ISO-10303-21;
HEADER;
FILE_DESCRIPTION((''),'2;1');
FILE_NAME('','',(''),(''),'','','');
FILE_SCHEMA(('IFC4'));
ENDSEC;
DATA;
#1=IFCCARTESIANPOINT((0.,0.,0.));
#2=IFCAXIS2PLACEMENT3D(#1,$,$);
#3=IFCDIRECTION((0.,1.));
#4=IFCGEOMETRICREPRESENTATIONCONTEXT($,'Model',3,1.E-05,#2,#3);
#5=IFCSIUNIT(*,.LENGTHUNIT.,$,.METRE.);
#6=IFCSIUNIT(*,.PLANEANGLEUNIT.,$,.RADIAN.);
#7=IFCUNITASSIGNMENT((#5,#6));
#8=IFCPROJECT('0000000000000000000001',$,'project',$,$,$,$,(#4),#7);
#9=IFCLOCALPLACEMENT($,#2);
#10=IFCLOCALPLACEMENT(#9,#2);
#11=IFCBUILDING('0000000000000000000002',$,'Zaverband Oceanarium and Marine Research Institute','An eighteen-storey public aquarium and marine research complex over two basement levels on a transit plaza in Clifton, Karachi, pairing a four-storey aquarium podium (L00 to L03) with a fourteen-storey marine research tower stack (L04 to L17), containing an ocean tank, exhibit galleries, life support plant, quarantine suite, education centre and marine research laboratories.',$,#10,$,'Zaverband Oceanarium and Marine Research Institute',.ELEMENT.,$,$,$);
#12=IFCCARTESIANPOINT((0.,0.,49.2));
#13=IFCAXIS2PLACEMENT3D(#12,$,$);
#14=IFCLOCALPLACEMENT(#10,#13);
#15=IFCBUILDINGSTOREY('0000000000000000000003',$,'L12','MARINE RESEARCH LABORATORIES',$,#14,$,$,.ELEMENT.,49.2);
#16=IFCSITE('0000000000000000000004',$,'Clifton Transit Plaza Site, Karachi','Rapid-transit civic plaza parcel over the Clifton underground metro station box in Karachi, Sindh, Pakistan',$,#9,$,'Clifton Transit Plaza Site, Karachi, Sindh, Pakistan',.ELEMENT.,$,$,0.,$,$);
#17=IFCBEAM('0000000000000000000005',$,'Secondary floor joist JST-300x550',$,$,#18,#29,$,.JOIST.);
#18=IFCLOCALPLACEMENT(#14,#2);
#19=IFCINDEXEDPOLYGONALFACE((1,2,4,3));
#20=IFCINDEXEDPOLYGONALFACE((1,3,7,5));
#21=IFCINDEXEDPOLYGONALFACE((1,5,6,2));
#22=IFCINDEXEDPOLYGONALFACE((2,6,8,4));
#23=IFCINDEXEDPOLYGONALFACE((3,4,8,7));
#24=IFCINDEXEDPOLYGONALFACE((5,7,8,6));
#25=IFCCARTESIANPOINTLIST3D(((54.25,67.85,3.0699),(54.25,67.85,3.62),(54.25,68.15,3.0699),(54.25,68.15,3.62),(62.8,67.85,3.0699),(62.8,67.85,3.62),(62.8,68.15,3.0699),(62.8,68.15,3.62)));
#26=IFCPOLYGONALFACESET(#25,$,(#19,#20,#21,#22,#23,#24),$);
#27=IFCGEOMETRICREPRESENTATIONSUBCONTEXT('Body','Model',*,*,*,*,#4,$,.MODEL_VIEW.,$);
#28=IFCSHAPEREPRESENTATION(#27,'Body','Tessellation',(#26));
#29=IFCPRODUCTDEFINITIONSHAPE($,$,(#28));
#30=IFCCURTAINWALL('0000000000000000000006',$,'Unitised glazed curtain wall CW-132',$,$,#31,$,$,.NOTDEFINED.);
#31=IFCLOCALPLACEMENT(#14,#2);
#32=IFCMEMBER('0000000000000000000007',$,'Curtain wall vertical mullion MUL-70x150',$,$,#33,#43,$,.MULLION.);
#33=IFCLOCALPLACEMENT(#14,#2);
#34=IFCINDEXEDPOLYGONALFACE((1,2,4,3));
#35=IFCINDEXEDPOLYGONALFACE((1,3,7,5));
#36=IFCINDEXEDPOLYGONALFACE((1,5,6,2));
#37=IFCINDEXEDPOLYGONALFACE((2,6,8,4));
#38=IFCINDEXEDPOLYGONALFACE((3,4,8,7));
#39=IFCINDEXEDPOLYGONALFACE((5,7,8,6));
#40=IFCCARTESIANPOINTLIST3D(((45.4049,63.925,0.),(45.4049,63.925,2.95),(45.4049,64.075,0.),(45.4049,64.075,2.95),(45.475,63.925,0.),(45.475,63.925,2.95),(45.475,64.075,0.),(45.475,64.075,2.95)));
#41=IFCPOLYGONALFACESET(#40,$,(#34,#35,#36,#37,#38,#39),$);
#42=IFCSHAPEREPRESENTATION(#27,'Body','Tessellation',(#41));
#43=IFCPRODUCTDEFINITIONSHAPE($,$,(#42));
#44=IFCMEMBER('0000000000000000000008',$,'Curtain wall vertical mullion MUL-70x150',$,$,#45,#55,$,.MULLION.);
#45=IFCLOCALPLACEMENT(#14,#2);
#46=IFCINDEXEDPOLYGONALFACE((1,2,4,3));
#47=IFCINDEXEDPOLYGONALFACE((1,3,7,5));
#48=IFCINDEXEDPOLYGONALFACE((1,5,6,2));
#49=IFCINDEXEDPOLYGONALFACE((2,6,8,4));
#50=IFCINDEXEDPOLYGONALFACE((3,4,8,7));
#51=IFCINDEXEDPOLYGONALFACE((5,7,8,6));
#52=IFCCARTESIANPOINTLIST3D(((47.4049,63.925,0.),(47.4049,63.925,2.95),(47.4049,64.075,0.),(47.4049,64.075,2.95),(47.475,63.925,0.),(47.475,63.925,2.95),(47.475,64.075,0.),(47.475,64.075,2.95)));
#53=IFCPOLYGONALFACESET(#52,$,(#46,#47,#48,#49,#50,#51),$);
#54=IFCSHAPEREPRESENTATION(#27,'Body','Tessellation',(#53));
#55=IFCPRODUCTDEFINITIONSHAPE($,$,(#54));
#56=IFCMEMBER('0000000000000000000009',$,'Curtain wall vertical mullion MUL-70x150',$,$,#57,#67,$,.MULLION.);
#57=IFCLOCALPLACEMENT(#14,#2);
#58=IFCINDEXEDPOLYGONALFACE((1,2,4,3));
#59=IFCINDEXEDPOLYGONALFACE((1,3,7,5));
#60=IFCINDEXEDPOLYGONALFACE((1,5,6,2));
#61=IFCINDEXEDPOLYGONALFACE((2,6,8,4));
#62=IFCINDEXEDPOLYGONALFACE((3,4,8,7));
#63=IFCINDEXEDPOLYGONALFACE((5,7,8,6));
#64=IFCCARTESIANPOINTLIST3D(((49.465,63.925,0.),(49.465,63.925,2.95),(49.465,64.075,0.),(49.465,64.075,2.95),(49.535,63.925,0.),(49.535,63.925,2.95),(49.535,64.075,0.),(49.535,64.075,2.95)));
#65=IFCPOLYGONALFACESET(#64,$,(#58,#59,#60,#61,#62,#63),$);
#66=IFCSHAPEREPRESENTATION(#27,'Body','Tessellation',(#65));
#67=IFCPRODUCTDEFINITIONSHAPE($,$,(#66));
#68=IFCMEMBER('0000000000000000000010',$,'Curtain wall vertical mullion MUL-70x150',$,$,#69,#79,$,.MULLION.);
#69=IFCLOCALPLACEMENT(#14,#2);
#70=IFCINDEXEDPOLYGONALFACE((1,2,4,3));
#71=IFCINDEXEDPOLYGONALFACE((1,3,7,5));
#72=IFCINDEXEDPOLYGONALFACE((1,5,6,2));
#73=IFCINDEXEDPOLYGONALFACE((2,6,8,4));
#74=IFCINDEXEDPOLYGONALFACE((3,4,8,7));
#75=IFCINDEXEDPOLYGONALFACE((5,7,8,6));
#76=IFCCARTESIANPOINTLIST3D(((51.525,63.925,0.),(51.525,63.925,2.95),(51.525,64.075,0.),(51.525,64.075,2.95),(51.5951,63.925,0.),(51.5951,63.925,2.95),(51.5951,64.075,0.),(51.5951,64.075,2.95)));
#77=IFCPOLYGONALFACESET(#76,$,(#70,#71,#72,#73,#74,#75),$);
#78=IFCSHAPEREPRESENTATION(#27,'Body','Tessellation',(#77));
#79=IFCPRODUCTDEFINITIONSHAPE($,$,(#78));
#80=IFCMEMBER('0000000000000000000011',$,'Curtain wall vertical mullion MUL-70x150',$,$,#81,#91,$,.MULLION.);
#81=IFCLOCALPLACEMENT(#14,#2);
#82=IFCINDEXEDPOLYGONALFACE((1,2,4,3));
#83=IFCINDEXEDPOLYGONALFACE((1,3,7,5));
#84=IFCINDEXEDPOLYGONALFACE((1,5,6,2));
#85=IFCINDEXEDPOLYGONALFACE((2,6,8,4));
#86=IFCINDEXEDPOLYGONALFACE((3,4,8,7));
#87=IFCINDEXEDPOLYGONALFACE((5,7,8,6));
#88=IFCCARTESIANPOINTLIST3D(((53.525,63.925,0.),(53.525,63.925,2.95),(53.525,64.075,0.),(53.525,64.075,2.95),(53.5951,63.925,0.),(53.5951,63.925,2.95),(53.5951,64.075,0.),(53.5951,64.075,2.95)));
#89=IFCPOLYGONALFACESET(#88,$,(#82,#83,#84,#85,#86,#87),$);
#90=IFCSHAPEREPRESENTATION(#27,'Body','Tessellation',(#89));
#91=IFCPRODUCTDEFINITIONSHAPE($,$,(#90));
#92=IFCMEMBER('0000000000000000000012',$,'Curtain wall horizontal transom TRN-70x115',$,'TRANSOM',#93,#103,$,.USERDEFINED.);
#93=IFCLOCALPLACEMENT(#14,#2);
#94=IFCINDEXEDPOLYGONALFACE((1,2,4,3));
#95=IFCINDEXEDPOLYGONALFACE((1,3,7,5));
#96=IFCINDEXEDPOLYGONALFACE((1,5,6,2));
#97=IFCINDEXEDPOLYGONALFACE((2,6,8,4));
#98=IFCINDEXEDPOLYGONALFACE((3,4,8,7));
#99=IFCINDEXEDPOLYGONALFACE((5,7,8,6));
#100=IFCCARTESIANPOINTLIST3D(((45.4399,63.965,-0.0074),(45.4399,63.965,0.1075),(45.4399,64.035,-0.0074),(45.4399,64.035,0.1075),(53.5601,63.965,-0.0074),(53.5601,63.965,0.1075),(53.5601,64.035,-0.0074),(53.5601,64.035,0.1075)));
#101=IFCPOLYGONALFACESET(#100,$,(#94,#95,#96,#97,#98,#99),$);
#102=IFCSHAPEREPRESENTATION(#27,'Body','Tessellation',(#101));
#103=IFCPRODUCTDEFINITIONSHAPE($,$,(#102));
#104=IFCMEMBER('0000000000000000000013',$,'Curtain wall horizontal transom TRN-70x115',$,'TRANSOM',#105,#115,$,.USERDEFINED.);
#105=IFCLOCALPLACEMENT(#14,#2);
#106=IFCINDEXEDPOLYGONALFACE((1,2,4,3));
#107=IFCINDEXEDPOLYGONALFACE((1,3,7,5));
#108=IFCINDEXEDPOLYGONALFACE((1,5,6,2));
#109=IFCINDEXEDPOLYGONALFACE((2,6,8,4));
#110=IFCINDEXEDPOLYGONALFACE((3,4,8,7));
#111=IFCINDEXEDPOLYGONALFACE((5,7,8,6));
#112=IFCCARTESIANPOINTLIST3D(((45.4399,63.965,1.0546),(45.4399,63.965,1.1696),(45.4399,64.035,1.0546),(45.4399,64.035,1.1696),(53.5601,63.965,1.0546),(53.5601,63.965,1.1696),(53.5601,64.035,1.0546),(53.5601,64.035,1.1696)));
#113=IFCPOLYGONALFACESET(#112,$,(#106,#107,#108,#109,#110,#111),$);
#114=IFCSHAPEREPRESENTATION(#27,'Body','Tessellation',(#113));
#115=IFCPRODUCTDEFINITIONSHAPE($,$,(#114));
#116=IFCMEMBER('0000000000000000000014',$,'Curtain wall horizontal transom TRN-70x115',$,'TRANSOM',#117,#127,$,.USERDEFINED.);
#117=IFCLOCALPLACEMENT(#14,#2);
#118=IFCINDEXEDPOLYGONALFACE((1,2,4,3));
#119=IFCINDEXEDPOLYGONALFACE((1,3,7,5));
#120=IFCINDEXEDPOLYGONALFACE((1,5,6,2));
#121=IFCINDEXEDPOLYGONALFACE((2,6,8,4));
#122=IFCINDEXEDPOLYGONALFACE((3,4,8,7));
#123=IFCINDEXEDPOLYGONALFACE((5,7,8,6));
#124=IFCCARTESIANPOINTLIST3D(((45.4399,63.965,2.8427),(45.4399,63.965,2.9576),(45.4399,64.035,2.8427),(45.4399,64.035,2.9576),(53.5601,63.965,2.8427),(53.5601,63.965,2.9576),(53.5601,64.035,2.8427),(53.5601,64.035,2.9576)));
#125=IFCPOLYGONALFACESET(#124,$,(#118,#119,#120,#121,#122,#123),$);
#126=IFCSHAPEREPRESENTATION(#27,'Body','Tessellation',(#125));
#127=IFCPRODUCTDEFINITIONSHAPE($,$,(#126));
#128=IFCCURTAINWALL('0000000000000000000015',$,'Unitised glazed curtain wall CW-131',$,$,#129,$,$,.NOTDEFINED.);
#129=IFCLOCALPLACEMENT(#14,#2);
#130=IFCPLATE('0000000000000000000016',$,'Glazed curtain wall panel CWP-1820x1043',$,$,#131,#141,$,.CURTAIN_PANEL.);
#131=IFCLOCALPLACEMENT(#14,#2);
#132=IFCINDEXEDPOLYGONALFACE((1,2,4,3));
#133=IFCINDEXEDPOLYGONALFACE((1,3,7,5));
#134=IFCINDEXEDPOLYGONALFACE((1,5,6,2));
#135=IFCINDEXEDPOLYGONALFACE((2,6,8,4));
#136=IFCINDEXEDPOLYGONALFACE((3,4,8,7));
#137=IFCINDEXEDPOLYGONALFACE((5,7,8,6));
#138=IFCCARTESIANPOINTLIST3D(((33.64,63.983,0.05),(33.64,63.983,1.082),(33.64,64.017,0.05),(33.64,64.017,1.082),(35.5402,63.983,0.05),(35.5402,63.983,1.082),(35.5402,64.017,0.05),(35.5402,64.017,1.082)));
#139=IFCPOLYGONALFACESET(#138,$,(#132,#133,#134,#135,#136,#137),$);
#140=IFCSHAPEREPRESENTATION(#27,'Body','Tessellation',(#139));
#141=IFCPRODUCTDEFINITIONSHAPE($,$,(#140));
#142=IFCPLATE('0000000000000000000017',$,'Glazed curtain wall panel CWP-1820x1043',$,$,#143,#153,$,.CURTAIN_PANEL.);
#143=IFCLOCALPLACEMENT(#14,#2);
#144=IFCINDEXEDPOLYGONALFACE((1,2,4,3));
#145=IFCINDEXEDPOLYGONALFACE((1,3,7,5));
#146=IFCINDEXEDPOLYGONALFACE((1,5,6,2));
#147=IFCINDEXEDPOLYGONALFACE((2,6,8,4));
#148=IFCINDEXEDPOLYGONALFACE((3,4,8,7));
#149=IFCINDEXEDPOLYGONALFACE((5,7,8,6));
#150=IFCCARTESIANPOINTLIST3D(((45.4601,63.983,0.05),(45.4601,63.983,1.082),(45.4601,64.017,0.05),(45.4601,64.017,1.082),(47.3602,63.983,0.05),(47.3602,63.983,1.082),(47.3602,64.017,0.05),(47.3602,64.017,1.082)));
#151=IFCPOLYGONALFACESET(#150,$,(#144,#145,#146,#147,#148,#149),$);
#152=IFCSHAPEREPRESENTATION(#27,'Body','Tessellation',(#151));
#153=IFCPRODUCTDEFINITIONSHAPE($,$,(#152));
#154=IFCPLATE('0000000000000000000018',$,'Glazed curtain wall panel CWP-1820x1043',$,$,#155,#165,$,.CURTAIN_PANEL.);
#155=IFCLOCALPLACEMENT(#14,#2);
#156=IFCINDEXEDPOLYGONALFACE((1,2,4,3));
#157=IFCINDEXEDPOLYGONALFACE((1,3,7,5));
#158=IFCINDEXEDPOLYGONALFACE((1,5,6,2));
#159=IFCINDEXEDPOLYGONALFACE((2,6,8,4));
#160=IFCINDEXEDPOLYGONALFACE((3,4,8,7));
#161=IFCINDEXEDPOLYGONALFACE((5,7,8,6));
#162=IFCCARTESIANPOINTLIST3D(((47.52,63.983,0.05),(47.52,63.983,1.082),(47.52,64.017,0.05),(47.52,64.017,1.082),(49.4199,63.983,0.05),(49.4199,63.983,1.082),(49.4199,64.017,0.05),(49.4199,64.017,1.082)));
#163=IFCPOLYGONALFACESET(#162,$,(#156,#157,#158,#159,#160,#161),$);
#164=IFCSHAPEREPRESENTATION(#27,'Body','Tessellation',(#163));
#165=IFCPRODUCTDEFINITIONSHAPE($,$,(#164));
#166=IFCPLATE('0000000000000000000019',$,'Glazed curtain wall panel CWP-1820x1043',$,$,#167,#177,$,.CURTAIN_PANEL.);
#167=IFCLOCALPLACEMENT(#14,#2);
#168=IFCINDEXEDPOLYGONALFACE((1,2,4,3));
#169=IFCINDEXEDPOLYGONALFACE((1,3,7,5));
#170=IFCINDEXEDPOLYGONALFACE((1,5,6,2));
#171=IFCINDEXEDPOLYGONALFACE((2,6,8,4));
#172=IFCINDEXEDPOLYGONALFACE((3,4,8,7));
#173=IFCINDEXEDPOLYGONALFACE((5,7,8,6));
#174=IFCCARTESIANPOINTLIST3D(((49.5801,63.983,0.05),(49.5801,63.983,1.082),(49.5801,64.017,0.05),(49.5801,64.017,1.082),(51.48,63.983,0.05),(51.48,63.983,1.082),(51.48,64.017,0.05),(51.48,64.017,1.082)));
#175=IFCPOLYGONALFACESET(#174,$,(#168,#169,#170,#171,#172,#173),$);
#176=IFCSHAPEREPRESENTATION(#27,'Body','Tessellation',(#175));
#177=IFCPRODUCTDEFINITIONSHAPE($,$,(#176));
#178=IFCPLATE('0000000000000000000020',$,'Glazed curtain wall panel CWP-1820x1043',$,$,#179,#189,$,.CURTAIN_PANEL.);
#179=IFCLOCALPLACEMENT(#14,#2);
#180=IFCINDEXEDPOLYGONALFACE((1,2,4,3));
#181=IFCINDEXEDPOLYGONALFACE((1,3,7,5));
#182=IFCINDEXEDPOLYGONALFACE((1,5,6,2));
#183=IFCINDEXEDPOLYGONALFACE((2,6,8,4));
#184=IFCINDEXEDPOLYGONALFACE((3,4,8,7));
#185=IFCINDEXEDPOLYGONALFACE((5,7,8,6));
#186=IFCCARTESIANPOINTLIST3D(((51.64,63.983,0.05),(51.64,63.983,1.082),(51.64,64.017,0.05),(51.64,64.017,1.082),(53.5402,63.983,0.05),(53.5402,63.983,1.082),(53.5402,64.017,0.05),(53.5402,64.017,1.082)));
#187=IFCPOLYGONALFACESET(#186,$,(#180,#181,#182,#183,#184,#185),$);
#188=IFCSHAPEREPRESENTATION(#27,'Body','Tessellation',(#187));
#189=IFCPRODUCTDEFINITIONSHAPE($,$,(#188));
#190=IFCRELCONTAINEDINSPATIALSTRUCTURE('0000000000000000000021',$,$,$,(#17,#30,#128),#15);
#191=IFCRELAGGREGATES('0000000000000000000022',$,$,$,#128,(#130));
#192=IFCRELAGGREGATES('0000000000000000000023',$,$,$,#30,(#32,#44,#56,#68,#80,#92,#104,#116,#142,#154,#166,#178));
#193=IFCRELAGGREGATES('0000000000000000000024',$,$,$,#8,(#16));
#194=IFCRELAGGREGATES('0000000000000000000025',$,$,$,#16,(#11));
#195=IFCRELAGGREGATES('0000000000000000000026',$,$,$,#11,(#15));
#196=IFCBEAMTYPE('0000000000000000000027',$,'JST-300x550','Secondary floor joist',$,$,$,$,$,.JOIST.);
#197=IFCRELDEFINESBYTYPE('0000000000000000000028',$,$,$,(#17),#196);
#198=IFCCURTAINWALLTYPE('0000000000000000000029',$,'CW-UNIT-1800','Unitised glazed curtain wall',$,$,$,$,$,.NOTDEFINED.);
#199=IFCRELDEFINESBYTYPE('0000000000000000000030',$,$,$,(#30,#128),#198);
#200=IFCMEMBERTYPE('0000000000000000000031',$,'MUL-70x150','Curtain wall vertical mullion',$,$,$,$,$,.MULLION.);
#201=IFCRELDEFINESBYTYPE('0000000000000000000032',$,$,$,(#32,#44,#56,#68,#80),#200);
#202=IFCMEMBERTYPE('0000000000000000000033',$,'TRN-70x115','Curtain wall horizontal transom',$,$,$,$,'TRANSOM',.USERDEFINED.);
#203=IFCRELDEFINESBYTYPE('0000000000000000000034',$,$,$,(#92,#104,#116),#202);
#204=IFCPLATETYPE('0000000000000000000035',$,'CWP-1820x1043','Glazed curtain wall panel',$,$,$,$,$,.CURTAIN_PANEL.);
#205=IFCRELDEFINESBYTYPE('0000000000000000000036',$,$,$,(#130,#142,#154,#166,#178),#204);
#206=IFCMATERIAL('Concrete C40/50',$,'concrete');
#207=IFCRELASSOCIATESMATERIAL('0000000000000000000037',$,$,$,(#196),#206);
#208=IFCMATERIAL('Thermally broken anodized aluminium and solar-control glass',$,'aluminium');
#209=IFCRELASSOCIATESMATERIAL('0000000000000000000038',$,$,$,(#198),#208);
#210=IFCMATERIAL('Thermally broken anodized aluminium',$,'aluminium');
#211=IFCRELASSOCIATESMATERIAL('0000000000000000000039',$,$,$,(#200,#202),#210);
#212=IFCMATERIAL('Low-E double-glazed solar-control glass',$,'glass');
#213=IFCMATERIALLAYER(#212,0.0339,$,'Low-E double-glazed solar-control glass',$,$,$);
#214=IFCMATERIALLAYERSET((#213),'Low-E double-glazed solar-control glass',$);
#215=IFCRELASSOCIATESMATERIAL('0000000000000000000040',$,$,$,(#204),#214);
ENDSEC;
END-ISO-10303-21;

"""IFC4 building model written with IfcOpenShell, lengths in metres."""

from ifc_helpers import new_model, si_unit, direction, frame, frame_2d, origin, origin_2d, place, context, subcontext, project, spatial, rectangle, extrude, material, layer, layer_set, material_profile, profile_set, type_object, element, aggregate, save


model = new_model("IFC4")

# Units and contexts
model_context = context("Model", 3, precision=1e-05, world=origin(), true_north=direction((0.0, 1.0)))
body_context = subcontext(model_context, "Body", "Model", "MODEL_VIEW")
ifc_project = project(units=[si_unit("LENGTHUNIT", "METRE"), si_unit("PLANEANGLEUNIT", "RADIAN")], contexts=[model_context])

# Site, building, storey
site_placement = place(None, origin())
site = spatial("IfcSite", under=ifc_project, at=site_placement, Name="Clifton Transit Plaza Site, Karachi", Description="Rapid-transit civic plaza parcel over the Clifton underground metro station box in Karachi, Sindh, Pakistan", LongName="Clifton Transit Plaza Site, Karachi, Sindh, Pakistan", CompositionType="ELEMENT", RefElevation=0.0)
building_placement = place(site_placement, origin())
building = spatial("IfcBuilding", under=site, at=building_placement, Name="Zaverband Oceanarium and Marine Research Institute", Description="An eighteen-storey public aquarium and marine research complex over two basement levels on a transit plaza in Clifton, Karachi, pairing a four-storey aquarium podium (L00 to L03) with a fourteen-storey marine research tower stack (L04 to L17), containing an ocean tank, exhibit galleries, life support plant, quarantine suite, education centre and marine research laboratories.", LongName="Zaverband Oceanarium and Marine Research Institute", CompositionType="ELEMENT")
storey_placement = place(building_placement, frame((0.0, 0.0, 49.2)))
storey = spatial("IfcBuildingStorey", under=building, at=storey_placement, Name="L12", Description="MARINE RESEARCH LABORATORIES", CompositionType="ELEMENT", Elevation=49.2)

# Beam
ifc_material_1 = material(Name="Concrete C40/50", Category="concrete")
ifc_material_profile_1 = material_profile(ifc_material_1, rectangle(XDim=0.3, YDim=0.55, at=origin_2d()), Name="RC300x550")
ifc_profile_set_1 = profile_set([ifc_material_profile_1], Name="Concrete C40/50")
beam_type = type_object("IfcBeamType", Name="JST-300x550", Description="Secondary floor joist", PredefinedType="JOIST", material=ifc_profile_set_1)
beam_placement = place(storey_placement, frame((54.25, 68.0, 3.345), z_axis=(1.0, 0.0, 0.0), x_axis=(0.0, 1.0, 0.0)))
element("IfcBeam", 1, at=beam_placement, inside=storey, type_object=beam_type, Name="Secondary floor joist JST-300x550", PredefinedType="JOIST", context=body_context, shape_type="SweptSolid", body=[
    extrude(rectangle(XDim=0.3, YDim=0.55, at=origin_2d()), origin(), (0.0, 0.0, 1.0), 8.55),
])

# Curtain wall, members
ifc_material_2 = material(Name="Thermally broken anodized aluminium and solar-control glass", Category="aluminium")
curtain_wall_type = type_object("IfcCurtainWallType", Name="CW-UNIT-1800", Description="Unitised glazed curtain wall", PredefinedType="NOTDEFINED", material=ifc_material_2)
curtain_wall_1_placement = place(storey_placement, origin())
curtain_wall_1 = element("IfcCurtainWall", 2, at=curtain_wall_1_placement, inside=storey, type_object=curtain_wall_type, Name="Unitised glazed curtain wall CW-132", PredefinedType="NOTDEFINED")
ifc_material_3 = material(Name="Thermally broken anodized aluminium", Category="aluminium")
ifc_material_profile_2 = material_profile(ifc_material_3, rectangle(XDim=0.0701, YDim=0.1499, at=origin_2d()), Name="AL-MUL-70x150")
ifc_profile_set_2 = profile_set([ifc_material_profile_2], Name="Thermally broken anodized aluminium")
member_type_1 = type_object("IfcMemberType", Name="MUL-70x150", Description="Curtain wall vertical mullion", PredefinedType="MULLION", material=ifc_profile_set_2)
member_1_placement = place(storey_placement, frame((45.4399, 64.0, 0.0), z_axis=(0.0, 0.0, 1.0), x_axis=(1.0, 0.0, 0.0)))
member_1 = element("IfcMember", 3, at=member_1_placement, type_object=member_type_1, Name="Curtain wall vertical mullion MUL-70x150", PredefinedType="MULLION", context=body_context, shape_type="SweptSolid", body=[
    extrude(rectangle(XDim=0.0701, YDim=0.1499, at=origin_2d()), origin(), (0.0, 0.0, 1.0), 2.95),
])
member_2_placement = place(storey_placement, frame((47.4399, 64.0, 0.0), z_axis=(0.0, 0.0, 1.0), x_axis=(1.0, 0.0, 0.0)))
member_2 = element("IfcMember", 4, at=member_2_placement, type_object=member_type_1, Name="Curtain wall vertical mullion MUL-70x150", PredefinedType="MULLION", context=body_context, shape_type="SweptSolid", body=[
    extrude(rectangle(XDim=0.0701, YDim=0.1499, at=origin_2d()), origin(), (0.0, 0.0, 1.0), 2.95),
])
member_3_placement = place(storey_placement, frame((49.5, 64.0, 0.0), z_axis=(0.0, 0.0, 1.0), x_axis=(1.0, 0.0, 0.0)))
member_3 = element("IfcMember", 5, at=member_3_placement, type_object=member_type_1, Name="Curtain wall vertical mullion MUL-70x150", PredefinedType="MULLION", context=body_context, shape_type="SweptSolid", body=[
    extrude(rectangle(XDim=0.0701, YDim=0.1499, at=origin_2d()), origin(), (0.0, 0.0, 1.0), 2.95),
])
member_4_placement = place(storey_placement, frame((51.5601, 64.0, 0.0), z_axis=(0.0, 0.0, 1.0), x_axis=(1.0, 0.0, 0.0)))
member_4 = element("IfcMember", 6, at=member_4_placement, type_object=member_type_1, Name="Curtain wall vertical mullion MUL-70x150", PredefinedType="MULLION", context=body_context, shape_type="SweptSolid", body=[
    extrude(rectangle(XDim=0.0701, YDim=0.1499, at=origin_2d()), origin(), (0.0, 0.0, 1.0), 2.95),
])
member_5_placement = place(storey_placement, frame((53.5601, 64.0, 0.0), z_axis=(0.0, 0.0, 1.0), x_axis=(1.0, 0.0, 0.0)))
member_5 = element("IfcMember", 7, at=member_5_placement, type_object=member_type_1, Name="Curtain wall vertical mullion MUL-70x150", PredefinedType="MULLION", context=body_context, shape_type="SweptSolid", body=[
    extrude(rectangle(XDim=0.0701, YDim=0.1499, at=origin_2d()), origin(), (0.0, 0.0, 1.0), 2.95),
])
ifc_material_profile_3 = material_profile(ifc_material_3, rectangle(XDim=0.0701, YDim=0.115, at=origin_2d()), Name="AL-TRN-70x115")
ifc_profile_set_3 = profile_set([ifc_material_profile_3], Name="Thermally broken anodized aluminium")
member_type_2 = type_object("IfcMemberType", Name="TRN-70x115", Description="Curtain wall horizontal transom", ElementType="TRANSOM", PredefinedType="USERDEFINED", material=ifc_profile_set_3)
member_6_placement = place(storey_placement, frame((45.4399, 64.0, 0.05), z_axis=(1.0, 0.0, 0.0), x_axis=(0.0, 1.0, 0.0)))
member_6 = element("IfcMember", 8, at=member_6_placement, type_object=member_type_2, Name="Curtain wall horizontal transom TRN-70x115", ObjectType="TRANSOM", PredefinedType="USERDEFINED", context=body_context, shape_type="SweptSolid", body=[
    extrude(rectangle(XDim=0.0701, YDim=0.115, at=origin_2d()), origin(), (0.0, 0.0, 1.0), 8.1201),
])
member_7_placement = place(storey_placement, frame((45.4399, 64.0, 1.1121), z_axis=(1.0, 0.0, 0.0), x_axis=(0.0, 1.0, 0.0)))
member_7 = element("IfcMember", 9, at=member_7_placement, type_object=member_type_2, Name="Curtain wall horizontal transom TRN-70x115", ObjectType="TRANSOM", PredefinedType="USERDEFINED", context=body_context, shape_type="SweptSolid", body=[
    extrude(rectangle(XDim=0.0701, YDim=0.115, at=origin_2d()), origin(), (0.0, 0.0, 1.0), 8.1201),
])
member_8_placement = place(storey_placement, frame((45.4399, 64.0, 2.9001), z_axis=(1.0, 0.0, 0.0), x_axis=(0.0, 1.0, 0.0)))
member_8 = element("IfcMember", 10, at=member_8_placement, type_object=member_type_2, Name="Curtain wall horizontal transom TRN-70x115", ObjectType="TRANSOM", PredefinedType="USERDEFINED", context=body_context, shape_type="SweptSolid", body=[
    extrude(rectangle(XDim=0.0701, YDim=0.115, at=origin_2d()), origin(), (0.0, 0.0, 1.0), 8.1201),
])

# Curtain wall, plate
curtain_wall_2_placement = place(storey_placement, origin())
curtain_wall_2 = element("IfcCurtainWall", 11, at=curtain_wall_2_placement, inside=storey, type_object=curtain_wall_type, Name="Unitised glazed curtain wall CW-131", PredefinedType="NOTDEFINED")
ifc_material_4 = material(Name="Low-E double-glazed solar-control glass", Category="glass")
ifc_layer_1 = layer(ifc_material_4, 0.0339, Name="Low-E double-glazed solar-control glass")
ifc_layer_set_1 = layer_set([ifc_layer_1], Name="Low-E double-glazed solar-control glass")
plate_type_1 = type_object("IfcPlateType", Name="CWP-1820x1043", Description="Glazed curtain wall panel", PredefinedType="CURTAIN_PANEL", material=ifc_layer_set_1)
plate_1_placement = place(storey_placement, frame((33.6399, 64.0, 0.05), z_axis=(0.0, 0.0, 1.0), x_axis=(1.0, 0.0, 0.0)))
plate_1 = element("IfcPlate", 12, at=plate_1_placement, type_object=plate_type_1, Name="Glazed curtain wall panel CWP-1820x1043", PredefinedType="CURTAIN_PANEL", context=body_context, shape_type="SweptSolid", body=[
    extrude(rectangle(XDim=1.9001, YDim=0.0339, at=frame_2d((0.9502, 0.0))), origin(), (0.0, 0.0, 1.0), 1.032),
])

# Plates
plate_2_placement = place(storey_placement, frame((45.46, 64.0, 0.05), z_axis=(0.0, 0.0, 1.0), x_axis=(1.0, 0.0, 0.0)))
plate_2 = element("IfcPlate", 13, at=plate_2_placement, type_object=plate_type_1, Name="Glazed curtain wall panel CWP-1820x1043", PredefinedType="CURTAIN_PANEL", context=body_context, shape_type="SweptSolid", body=[
    extrude(rectangle(XDim=1.9001, YDim=0.0339, at=frame_2d((0.9502, 0.0))), origin(), (0.0, 0.0, 1.0), 1.032),
])
plate_3_placement = place(storey_placement, frame((47.52, 64.0, 0.05), z_axis=(0.0, 0.0, 1.0), x_axis=(1.0, 0.0, 0.0)))
plate_3 = element("IfcPlate", 14, at=plate_3_placement, type_object=plate_type_1, Name="Glazed curtain wall panel CWP-1820x1043", PredefinedType="CURTAIN_PANEL", context=body_context, shape_type="SweptSolid", body=[
    extrude(rectangle(XDim=1.8999, YDim=0.0339, at=frame_2d((0.95, 0.0))), origin(), (0.0, 0.0, 1.0), 1.032),
])
plate_4_placement = place(storey_placement, frame((49.5801, 64.0, 0.05), z_axis=(0.0, 0.0, 1.0), x_axis=(1.0, 0.0, 0.0)))
plate_4 = element("IfcPlate", 15, at=plate_4_placement, type_object=plate_type_1, Name="Glazed curtain wall panel CWP-1820x1043", PredefinedType="CURTAIN_PANEL", context=body_context, shape_type="SweptSolid", body=[
    extrude(rectangle(XDim=1.8999, YDim=0.0339, at=frame_2d((0.95, 0.0))), origin(), (0.0, 0.0, 1.0), 1.032),
])
plate_5_placement = place(storey_placement, frame((51.6399, 64.0, 0.05), z_axis=(0.0, 0.0, 1.0), x_axis=(1.0, 0.0, 0.0)))
plate_5 = element("IfcPlate", 16, at=plate_5_placement, type_object=plate_type_1, Name="Glazed curtain wall panel CWP-1820x1043", PredefinedType="CURTAIN_PANEL", context=body_context, shape_type="SweptSolid", body=[
    extrude(rectangle(XDim=1.9001, YDim=0.0339, at=frame_2d((0.9502, 0.0))), origin(), (0.0, 0.0, 1.0), 1.032),
])
aggregate(curtain_wall_2, [plate_1])
aggregate(curtain_wall_1, [member_1, member_2, member_3, member_4, member_5, member_6, member_7, member_8, plate_2, plate_3, plate_4, plate_5])

save(model, "model.ifc")
